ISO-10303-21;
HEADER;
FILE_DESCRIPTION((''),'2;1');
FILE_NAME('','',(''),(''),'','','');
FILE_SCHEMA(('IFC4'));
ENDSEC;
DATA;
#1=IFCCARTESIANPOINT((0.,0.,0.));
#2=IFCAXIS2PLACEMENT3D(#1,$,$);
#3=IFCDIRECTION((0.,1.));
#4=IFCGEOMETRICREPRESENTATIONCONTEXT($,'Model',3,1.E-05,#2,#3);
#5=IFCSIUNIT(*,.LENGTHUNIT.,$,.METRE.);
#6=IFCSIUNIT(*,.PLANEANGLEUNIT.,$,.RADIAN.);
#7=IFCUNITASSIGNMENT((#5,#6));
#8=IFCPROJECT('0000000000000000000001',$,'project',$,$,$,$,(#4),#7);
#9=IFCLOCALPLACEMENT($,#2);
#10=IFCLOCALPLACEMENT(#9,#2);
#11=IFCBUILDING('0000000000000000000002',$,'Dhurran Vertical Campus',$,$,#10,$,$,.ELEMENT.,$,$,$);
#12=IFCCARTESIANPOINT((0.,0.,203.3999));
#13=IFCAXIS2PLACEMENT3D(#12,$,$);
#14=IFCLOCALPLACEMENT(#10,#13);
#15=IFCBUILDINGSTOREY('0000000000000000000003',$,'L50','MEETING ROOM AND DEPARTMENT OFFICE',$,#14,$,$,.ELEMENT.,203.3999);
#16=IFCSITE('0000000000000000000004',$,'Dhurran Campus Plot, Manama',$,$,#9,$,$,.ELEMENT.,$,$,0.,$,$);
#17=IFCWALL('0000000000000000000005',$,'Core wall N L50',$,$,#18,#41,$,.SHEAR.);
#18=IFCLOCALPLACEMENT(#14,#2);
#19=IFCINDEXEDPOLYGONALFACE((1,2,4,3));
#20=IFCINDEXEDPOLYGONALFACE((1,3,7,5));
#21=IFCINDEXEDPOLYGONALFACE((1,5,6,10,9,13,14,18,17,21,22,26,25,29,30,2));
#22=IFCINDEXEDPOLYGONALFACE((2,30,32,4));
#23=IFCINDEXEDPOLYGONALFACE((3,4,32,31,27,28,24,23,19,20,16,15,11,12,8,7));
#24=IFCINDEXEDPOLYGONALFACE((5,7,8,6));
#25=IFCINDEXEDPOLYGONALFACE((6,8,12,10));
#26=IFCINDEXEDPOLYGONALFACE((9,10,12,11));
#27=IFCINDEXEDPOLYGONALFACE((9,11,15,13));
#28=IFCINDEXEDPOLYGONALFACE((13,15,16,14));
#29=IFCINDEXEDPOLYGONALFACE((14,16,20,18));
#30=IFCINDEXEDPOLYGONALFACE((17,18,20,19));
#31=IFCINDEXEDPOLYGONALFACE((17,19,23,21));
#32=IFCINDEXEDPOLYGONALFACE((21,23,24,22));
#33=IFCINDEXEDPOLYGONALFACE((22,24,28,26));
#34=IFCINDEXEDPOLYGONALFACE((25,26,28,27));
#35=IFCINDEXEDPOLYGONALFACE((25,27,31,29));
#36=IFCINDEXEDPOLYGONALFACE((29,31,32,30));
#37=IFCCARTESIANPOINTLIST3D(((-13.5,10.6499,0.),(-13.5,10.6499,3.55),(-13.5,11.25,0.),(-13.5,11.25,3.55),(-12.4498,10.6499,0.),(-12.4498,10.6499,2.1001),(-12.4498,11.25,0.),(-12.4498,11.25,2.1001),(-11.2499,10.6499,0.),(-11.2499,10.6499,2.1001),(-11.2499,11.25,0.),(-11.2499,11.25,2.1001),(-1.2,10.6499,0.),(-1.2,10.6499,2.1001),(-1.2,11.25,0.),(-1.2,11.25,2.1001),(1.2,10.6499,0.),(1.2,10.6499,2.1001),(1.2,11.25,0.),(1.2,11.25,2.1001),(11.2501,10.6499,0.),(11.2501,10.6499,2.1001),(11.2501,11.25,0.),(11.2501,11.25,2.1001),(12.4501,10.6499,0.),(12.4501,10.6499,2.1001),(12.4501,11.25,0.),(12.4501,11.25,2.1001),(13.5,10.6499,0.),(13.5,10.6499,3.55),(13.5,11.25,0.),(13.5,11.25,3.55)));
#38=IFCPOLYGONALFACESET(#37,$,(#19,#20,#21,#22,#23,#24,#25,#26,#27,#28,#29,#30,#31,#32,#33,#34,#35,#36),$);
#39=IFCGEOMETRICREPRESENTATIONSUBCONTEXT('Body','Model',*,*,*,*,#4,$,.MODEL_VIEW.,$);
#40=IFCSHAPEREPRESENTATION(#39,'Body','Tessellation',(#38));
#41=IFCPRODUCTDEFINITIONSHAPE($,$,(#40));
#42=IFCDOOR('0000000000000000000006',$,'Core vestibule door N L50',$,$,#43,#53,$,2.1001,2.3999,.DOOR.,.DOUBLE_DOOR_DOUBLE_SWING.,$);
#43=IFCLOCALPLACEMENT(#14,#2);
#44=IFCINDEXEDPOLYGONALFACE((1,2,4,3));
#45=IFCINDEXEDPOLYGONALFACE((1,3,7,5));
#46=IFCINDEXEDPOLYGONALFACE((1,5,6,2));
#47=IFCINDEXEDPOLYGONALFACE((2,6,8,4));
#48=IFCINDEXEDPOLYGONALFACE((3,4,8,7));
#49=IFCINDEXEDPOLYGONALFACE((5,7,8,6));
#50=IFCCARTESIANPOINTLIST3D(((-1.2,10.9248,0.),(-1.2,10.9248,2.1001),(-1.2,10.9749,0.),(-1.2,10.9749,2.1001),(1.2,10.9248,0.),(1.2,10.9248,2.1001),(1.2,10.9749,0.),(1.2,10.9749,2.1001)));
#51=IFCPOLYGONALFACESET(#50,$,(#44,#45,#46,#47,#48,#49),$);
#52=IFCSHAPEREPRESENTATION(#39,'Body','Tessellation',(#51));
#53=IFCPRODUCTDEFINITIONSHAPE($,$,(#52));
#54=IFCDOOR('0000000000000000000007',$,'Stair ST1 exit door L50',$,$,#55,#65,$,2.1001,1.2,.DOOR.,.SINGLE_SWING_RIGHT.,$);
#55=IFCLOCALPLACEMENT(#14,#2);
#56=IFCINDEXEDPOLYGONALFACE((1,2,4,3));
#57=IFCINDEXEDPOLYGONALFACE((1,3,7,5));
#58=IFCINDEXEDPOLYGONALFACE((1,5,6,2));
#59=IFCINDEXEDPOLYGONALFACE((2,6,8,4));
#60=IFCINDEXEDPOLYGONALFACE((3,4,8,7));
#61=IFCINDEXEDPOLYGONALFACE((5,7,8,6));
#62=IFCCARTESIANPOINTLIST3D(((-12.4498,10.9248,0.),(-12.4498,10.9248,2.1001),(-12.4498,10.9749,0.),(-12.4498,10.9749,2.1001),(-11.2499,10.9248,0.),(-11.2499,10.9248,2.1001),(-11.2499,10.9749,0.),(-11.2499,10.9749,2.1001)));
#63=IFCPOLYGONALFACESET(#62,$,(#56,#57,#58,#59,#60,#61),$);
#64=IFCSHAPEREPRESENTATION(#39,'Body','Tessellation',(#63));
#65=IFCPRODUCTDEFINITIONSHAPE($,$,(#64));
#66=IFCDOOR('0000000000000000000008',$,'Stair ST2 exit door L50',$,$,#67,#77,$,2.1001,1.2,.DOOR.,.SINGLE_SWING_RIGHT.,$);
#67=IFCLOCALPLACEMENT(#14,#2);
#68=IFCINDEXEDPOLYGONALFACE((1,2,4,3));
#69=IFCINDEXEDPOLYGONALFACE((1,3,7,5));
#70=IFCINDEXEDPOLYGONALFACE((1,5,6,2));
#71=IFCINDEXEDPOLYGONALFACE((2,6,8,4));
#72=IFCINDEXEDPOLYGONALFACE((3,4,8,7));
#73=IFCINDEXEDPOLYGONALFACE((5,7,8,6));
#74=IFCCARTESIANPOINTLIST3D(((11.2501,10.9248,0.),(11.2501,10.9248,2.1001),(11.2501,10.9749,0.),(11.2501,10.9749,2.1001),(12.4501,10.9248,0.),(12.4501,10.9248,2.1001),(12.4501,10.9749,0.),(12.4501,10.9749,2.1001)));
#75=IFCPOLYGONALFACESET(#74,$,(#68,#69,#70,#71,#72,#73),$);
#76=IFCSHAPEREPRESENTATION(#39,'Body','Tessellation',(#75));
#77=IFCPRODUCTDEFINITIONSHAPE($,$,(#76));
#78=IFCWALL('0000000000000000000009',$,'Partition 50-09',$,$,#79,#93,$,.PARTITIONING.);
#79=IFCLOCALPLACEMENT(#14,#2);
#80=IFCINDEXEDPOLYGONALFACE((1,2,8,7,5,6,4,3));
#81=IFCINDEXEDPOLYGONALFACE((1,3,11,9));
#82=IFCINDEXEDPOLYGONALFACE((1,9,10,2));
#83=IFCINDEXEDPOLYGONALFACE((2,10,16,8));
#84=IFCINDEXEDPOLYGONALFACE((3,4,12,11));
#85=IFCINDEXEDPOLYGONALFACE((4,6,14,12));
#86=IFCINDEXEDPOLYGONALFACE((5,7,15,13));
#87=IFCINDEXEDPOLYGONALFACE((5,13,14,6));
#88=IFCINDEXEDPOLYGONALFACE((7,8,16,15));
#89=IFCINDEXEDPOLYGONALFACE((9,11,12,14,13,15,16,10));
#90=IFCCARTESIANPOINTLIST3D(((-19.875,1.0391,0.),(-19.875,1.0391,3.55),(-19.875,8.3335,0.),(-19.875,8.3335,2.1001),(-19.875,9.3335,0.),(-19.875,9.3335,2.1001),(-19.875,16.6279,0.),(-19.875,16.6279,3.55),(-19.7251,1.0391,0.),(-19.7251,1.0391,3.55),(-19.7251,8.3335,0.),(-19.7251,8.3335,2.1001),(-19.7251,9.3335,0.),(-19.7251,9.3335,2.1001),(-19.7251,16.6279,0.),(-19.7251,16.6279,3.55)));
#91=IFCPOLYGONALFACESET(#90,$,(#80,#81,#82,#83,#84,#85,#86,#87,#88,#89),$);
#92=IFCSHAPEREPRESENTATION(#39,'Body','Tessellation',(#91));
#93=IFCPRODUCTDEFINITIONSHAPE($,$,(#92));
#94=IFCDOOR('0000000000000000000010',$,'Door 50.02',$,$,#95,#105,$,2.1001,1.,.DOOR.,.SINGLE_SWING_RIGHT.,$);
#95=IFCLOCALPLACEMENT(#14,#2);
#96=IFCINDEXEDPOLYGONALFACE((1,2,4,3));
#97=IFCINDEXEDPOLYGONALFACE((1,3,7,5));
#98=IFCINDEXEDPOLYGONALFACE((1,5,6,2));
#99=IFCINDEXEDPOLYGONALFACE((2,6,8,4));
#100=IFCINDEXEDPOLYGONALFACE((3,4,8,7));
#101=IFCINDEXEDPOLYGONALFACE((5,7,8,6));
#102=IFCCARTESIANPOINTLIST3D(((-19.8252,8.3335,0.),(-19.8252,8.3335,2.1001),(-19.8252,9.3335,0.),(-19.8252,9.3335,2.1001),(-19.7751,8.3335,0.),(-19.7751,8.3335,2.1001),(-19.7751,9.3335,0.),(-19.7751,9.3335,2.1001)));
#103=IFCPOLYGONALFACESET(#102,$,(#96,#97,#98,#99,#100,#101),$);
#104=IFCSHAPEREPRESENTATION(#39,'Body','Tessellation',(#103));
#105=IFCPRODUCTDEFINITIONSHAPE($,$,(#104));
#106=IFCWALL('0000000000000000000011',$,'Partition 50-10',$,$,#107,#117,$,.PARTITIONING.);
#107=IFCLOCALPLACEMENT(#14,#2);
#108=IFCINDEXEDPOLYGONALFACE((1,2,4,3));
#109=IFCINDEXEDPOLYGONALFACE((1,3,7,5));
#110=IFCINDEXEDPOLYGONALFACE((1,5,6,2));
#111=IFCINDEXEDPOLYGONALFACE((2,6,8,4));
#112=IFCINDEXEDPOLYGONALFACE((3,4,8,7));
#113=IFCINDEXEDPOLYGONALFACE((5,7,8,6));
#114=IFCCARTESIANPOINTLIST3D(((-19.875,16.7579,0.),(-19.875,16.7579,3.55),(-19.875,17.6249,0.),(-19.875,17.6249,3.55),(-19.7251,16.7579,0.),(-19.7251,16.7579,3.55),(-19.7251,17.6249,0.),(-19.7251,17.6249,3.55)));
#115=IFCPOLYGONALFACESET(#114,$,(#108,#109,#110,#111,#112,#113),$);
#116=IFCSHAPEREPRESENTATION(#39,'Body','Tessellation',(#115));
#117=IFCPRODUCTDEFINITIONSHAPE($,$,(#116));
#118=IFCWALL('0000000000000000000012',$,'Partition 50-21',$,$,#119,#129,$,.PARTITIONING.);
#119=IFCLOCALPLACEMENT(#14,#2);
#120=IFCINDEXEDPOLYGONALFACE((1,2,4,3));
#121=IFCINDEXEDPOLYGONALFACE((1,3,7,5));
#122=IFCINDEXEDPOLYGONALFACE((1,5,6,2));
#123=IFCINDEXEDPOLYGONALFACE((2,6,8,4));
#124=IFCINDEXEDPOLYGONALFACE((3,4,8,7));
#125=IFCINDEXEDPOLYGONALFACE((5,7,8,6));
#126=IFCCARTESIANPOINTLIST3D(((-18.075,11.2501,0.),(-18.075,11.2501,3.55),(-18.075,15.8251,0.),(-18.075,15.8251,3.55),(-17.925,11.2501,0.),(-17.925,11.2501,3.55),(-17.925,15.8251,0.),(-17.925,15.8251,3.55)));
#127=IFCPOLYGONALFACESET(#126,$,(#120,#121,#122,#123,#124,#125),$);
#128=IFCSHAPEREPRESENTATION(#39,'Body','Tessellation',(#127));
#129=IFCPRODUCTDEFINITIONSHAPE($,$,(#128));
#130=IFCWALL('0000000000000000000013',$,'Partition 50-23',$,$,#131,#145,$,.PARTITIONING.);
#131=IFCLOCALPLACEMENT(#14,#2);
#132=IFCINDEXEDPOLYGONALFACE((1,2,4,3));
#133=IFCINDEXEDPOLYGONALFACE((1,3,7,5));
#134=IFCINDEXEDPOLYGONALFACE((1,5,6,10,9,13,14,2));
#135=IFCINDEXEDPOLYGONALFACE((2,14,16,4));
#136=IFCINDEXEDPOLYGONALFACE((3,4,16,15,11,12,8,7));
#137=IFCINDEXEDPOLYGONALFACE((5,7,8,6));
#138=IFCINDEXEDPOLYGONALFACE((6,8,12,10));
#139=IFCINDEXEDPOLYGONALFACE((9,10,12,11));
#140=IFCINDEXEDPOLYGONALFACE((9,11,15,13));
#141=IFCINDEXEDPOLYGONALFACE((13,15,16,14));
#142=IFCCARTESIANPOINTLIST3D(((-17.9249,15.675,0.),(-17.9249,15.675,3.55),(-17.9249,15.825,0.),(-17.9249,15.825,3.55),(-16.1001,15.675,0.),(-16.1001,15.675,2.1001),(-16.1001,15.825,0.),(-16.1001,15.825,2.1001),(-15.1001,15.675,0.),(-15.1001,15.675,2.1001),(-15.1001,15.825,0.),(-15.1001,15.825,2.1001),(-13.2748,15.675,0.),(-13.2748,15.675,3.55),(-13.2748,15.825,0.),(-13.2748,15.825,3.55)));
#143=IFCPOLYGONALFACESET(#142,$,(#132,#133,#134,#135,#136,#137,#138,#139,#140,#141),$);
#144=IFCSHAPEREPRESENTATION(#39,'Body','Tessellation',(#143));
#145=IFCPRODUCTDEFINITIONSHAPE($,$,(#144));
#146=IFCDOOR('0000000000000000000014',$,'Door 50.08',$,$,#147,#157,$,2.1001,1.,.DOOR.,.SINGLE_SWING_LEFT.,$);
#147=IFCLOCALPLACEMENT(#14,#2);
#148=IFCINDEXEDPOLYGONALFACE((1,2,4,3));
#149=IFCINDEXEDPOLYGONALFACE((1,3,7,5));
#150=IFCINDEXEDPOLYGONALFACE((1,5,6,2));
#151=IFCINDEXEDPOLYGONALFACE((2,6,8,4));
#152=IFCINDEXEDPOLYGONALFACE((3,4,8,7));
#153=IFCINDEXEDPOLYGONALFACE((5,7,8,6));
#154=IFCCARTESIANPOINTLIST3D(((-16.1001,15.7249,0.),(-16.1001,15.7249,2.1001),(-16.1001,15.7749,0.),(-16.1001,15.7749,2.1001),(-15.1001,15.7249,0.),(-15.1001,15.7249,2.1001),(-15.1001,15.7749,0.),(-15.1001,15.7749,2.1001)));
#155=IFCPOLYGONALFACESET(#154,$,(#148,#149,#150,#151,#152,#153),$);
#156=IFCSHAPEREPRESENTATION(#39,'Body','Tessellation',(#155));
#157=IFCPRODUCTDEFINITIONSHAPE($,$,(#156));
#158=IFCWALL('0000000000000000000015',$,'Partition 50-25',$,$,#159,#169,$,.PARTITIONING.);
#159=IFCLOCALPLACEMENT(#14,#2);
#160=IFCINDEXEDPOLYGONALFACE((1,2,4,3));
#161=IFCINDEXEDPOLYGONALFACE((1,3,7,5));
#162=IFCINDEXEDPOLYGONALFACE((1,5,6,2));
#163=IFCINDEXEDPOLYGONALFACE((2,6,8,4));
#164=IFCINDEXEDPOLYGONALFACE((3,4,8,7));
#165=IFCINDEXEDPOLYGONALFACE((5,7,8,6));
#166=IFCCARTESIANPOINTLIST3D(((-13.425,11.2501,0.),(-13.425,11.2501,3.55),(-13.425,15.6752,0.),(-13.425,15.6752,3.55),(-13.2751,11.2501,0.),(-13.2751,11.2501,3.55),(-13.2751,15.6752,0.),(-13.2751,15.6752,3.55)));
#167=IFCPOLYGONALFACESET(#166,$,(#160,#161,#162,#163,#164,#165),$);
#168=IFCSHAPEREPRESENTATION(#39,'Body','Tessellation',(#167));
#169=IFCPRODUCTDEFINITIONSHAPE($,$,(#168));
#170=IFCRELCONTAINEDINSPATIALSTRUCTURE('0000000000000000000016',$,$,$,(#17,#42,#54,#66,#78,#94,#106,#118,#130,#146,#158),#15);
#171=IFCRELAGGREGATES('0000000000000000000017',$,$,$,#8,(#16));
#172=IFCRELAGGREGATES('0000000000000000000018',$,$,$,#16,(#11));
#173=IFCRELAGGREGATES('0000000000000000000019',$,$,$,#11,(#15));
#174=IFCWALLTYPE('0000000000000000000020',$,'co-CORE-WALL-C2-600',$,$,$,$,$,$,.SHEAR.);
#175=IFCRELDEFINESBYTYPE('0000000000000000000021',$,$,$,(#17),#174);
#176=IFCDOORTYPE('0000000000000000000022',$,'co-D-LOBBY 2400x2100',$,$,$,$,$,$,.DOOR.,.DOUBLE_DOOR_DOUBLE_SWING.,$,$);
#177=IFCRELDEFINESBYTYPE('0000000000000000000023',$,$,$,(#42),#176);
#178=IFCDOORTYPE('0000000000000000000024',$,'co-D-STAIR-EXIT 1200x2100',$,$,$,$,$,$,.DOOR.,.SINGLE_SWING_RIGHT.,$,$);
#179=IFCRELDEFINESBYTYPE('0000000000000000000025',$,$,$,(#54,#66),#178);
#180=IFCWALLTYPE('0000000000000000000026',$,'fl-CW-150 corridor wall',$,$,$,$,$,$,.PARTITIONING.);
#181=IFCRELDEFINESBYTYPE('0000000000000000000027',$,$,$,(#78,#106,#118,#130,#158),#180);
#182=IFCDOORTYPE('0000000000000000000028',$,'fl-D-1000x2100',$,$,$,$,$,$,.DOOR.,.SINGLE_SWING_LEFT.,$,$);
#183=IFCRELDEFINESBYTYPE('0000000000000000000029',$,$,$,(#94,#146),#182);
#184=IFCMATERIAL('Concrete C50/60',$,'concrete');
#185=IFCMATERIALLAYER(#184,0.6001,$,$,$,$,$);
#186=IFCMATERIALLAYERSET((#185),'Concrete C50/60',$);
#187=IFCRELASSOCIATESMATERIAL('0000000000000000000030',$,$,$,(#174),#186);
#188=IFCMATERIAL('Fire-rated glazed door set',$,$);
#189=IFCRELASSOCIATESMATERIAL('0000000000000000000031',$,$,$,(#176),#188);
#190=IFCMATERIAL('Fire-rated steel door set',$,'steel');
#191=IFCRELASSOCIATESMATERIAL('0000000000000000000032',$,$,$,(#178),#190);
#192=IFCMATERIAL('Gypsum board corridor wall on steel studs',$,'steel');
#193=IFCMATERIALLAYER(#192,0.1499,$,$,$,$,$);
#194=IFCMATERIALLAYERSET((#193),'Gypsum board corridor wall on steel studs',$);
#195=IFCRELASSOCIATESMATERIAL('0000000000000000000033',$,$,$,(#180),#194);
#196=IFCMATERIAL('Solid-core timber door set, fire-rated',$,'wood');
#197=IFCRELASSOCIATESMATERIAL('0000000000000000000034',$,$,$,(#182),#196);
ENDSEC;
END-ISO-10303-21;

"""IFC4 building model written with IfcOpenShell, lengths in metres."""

from ifc_helpers import new_model, si_unit, direction, frame, frame_2d, origin, place, context, subcontext, project, spatial, rectangle, extrude, material, layer, layer_set, type_object, element, fill, save


model = new_model("IFC4")

# Units and contexts
model_context = context("Model", 3, precision=1e-05, world=origin(), true_north=direction((0.0, 1.0)))
body_context = subcontext(model_context, "Body", "Model", "MODEL_VIEW")
ifc_project = project(units=[si_unit("LENGTHUNIT", "METRE"), si_unit("PLANEANGLEUNIT", "RADIAN")], contexts=[model_context])

# Site, building, storey
site_placement = place(None, origin())
site = spatial("IfcSite", under=ifc_project, at=site_placement, Name="Dhurran Campus Plot, Manama", CompositionType="ELEMENT", RefElevation=0.0)
building_placement = place(site_placement, origin())
building = spatial("IfcBuilding", under=site, at=building_placement, Name="Dhurran Vertical Campus", CompositionType="ELEMENT")
storey_placement = place(building_placement, frame((0.0, 0.0, 203.3999)))
storey = spatial("IfcBuildingStorey", under=building, at=storey_placement, Name="L50", Description="MEETING ROOM AND DEPARTMENT OFFICE", CompositionType="ELEMENT", Elevation=203.3999)

# Wall, openings, doors
ifc_material_1 = material(Name="Concrete C50/60", Category="concrete")
ifc_layer_1 = layer(ifc_material_1, 0.6001)
ifc_layer_set_1 = layer_set([ifc_layer_1], Name="Concrete C50/60")
wall_type_1 = type_object("IfcWallType", Name="co-CORE-WALL-C2-600", PredefinedType="SHEAR", material=ifc_layer_set_1)
wall_1_placement = place(storey_placement, frame((-13.5, 10.95, 0.0), z_axis=(0.0, 0.0, 1.0), x_axis=(1.0, 0.0, 0.0)))
wall_1 = element("IfcWall", 1, at=wall_1_placement, inside=storey, type_object=wall_type_1, Name="Core wall N L50", PredefinedType="SHEAR", context=body_context, shape_type="SweptSolid", body=[
    extrude(rectangle(XDim=27.0, YDim=0.6001, at=frame_2d((13.5, 0.0))), origin(), (0.0, 0.0, 1.0), 3.55),
])
opening_1_placement = place(wall_1_placement, frame((12.3, 0.0, 0.0)))
opening_1 = element("IfcOpeningElement", 2, at=opening_1_placement, cuts=wall_1, PredefinedType="OPENING", context=body_context, shape_type="SweptSolid", body=[
    extrude(rectangle(XDim=2.3999, YDim=2.1001, at=frame_2d((1.2, 1.05))), frame((0.0, 0.3101, 0.0), z_axis=(0.0, -1.0, 0.0), x_axis=(1.0, 0.0, 0.0)), (0.0, 0.0, 1.0), 0.6201),
])
opening_2_placement = place(wall_1_placement, frame((1.05, 0.0, 0.0)))
opening_2 = element("IfcOpeningElement", 3, at=opening_2_placement, cuts=wall_1, PredefinedType="OPENING", context=body_context, shape_type="SweptSolid", body=[
    extrude(rectangle(XDim=1.2, YDim=2.1001, at=frame_2d((0.6001, 1.05))), frame((0.0, 0.3101, 0.0), z_axis=(0.0, -1.0, 0.0), x_axis=(1.0, 0.0, 0.0)), (0.0, 0.0, 1.0), 0.6201),
])
opening_3_placement = place(wall_1_placement, frame((24.75, 0.0, 0.0)))
opening_3 = element("IfcOpeningElement", 4, at=opening_3_placement, cuts=wall_1, PredefinedType="OPENING", context=body_context, shape_type="SweptSolid", body=[
    extrude(rectangle(XDim=1.2, YDim=2.1001, at=frame_2d((0.6001, 1.05))), frame((0.0, 0.3101, 0.0), z_axis=(0.0, -1.0, 0.0), x_axis=(1.0, 0.0, 0.0)), (0.0, 0.0, 1.0), 0.6201),
])
ifc_material_2 = material(Name="Fire-rated glazed door set")
door_type_1 = type_object("IfcDoorType", Name="co-D-LOBBY 2400x2100", OperationType="DOUBLE_DOOR_DOUBLE_SWING", PredefinedType="DOOR", material=ifc_material_2)
door_1_placement = place(opening_1_placement, origin())
door_1 = element("IfcDoor", 5, at=door_1_placement, inside=storey, type_object=door_type_1, Name="Core vestibule door N L50", OperationType="DOUBLE_DOOR_DOUBLE_SWING", OverallHeight=2.1001, OverallWidth=2.3999, PredefinedType="DOOR", context=body_context, shape_type="SweptSolid", body=[
    extrude(rectangle(XDim=2.3999, YDim=2.1001, at=frame_2d((1.2, 1.05))), frame((0.0, 0.0249, 0.0), z_axis=(0.0, -1.0, 0.0), x_axis=(1.0, 0.0, 0.0)), (0.0, 0.0, 1.0), 0.05),
])
fill(opening_1, door_1)
ifc_material_3 = material(Name="Fire-rated steel door set", Category="steel")
door_type_2 = type_object("IfcDoorType", Name="co-D-STAIR-EXIT 1200x2100", OperationType="SINGLE_SWING_RIGHT", PredefinedType="DOOR", material=ifc_material_3)
door_2_placement = place(opening_2_placement, origin())
door_2 = element("IfcDoor", 6, at=door_2_placement, inside=storey, type_object=door_type_2, Name="Stair ST1 exit door L50", OperationType="SINGLE_SWING_RIGHT", OverallHeight=2.1001, OverallWidth=1.2, PredefinedType="DOOR", context=body_context, shape_type="SweptSolid", body=[
    extrude(rectangle(XDim=1.2, YDim=2.1001, at=frame_2d((0.6001, 1.05))), frame((0.0, 0.0249, 0.0), z_axis=(0.0, -1.0, 0.0), x_axis=(1.0, 0.0, 0.0)), (0.0, 0.0, 1.0), 0.05),
])
fill(opening_2, door_2)
door_3_placement = place(opening_3_placement, origin())
door_3 = element("IfcDoor", 7, at=door_3_placement, inside=storey, type_object=door_type_2, Name="Stair ST2 exit door L50", OperationType="SINGLE_SWING_RIGHT", OverallHeight=2.1001, OverallWidth=1.2, PredefinedType="DOOR", context=body_context, shape_type="SweptSolid", body=[
    extrude(rectangle(XDim=1.2, YDim=2.1001, at=frame_2d((0.6001, 1.05))), frame((0.0, 0.0249, 0.0), z_axis=(0.0, -1.0, 0.0), x_axis=(1.0, 0.0, 0.0)), (0.0, 0.0, 1.0), 0.05),
])
fill(opening_3, door_3)

# Wall, opening, door
ifc_material_4 = material(Name="Gypsum board corridor wall on steel studs", Category="steel")
ifc_layer_2 = layer(ifc_material_4, 0.1499)
ifc_layer_set_2 = layer_set([ifc_layer_2], Name="Gypsum board corridor wall on steel studs")
wall_type_2 = type_object("IfcWallType", Name="fl-CW-150 corridor wall", PredefinedType="PARTITIONING", material=ifc_layer_set_2)
wall_2_placement = place(storey_placement, frame((-19.8, 16.6279, 0.0), z_axis=(0.0, 0.0, 1.0), x_axis=(0.0, -1.0, 0.0)))
wall_2 = element("IfcWall", 8, at=wall_2_placement, inside=storey, type_object=wall_type_2, Name="Partition 50-09", PredefinedType="PARTITIONING", context=body_context, shape_type="SweptSolid", body=[
    extrude(rectangle(XDim=15.5889, YDim=0.1499, at=frame_2d((7.7944, 0.0))), origin(), (0.0, 0.0, 1.0), 3.55),
])
opening_4_placement = place(wall_2_placement, frame((7.2944, 0.0, 0.0)))
opening_4 = element("IfcOpeningElement", 9, at=opening_4_placement, cuts=wall_2, PredefinedType="OPENING", context=body_context, shape_type="SweptSolid", body=[
    extrude(rectangle(XDim=1.0, YDim=2.1001, at=frame_2d((0.5, 1.05))), frame((0.0, 0.085, 0.0), z_axis=(0.0, -1.0, 0.0), x_axis=(1.0, 0.0, 0.0)), (0.0, 0.0, 1.0), 0.1699),
])
ifc_material_5 = material(Name="Solid-core timber door set, fire-rated", Category="wood")
door_type_3 = type_object("IfcDoorType", Name="fl-D-1000x2100", OperationType="SINGLE_SWING_LEFT", PredefinedType="DOOR", material=ifc_material_5)
door_4_placement = place(opening_4_placement, origin())
door_4 = element("IfcDoor", 10, at=door_4_placement, inside=storey, type_object=door_type_3, Name="Door 50.02", OperationType="SINGLE_SWING_RIGHT", OverallHeight=2.1001, OverallWidth=1.0, PredefinedType="DOOR", context=body_context, shape_type="SweptSolid", body=[
    extrude(rectangle(XDim=1.0, YDim=2.1001, at=frame_2d((0.5, 1.05))), frame((0.0, 0.0249, 0.0), z_axis=(0.0, -1.0, 0.0), x_axis=(1.0, 0.0, 0.0)), (0.0, 0.0, 1.0), 0.05),
])
fill(opening_4, door_4)

# Walls
wall_3_placement = place(storey_placement, frame((-19.8, 17.625, 0.0), z_axis=(0.0, 0.0, 1.0), x_axis=(0.0, -1.0, 0.0)))
element("IfcWall", 11, at=wall_3_placement, inside=storey, type_object=wall_type_2, Name="Partition 50-10", PredefinedType="PARTITIONING", context=body_context, shape_type="SweptSolid", body=[
    extrude(rectangle(XDim=0.8669, YDim=0.1499, at=frame_2d((0.4336, 0.0))), origin(), (0.0, 0.0, 1.0), 3.55),
])
wall_4_placement = place(storey_placement, frame((-18.0, 11.25, 0.0), z_axis=(0.0, 0.0, 1.0), x_axis=(0.0, 1.0, 0.0)))
element("IfcWall", 12, at=wall_4_placement, inside=storey, type_object=wall_type_2, Name="Partition 50-21", PredefinedType="PARTITIONING", context=body_context, shape_type="SweptSolid", body=[
    extrude(rectangle(XDim=4.575, YDim=0.1499, at=frame_2d((2.2876, 0.0))), origin(), (0.0, 0.0, 1.0), 3.55),
])

# Wall, opening, door
wall_5_placement = place(storey_placement, frame((-17.925, 15.75, 0.0), z_axis=(0.0, 0.0, 1.0), x_axis=(1.0, 0.0, 0.0)))
wall_5 = element("IfcWall", 13, at=wall_5_placement, inside=storey, type_object=wall_type_2, Name="Partition 50-23", PredefinedType="PARTITIONING", context=body_context, shape_type="SweptSolid", body=[
    extrude(rectangle(XDim=4.6501, YDim=0.1499, at=frame_2d((2.3252, 0.0))), origin(), (0.0, 0.0, 1.0), 3.55),
])
opening_5_placement = place(wall_5_placement, frame((1.825, 0.0, 0.0)))
opening_5 = element("IfcOpeningElement", 14, at=opening_5_placement, cuts=wall_5, PredefinedType="OPENING", context=body_context, shape_type="SweptSolid", body=[
    extrude(rectangle(XDim=1.0, YDim=2.1001, at=frame_2d((0.5, 1.05))), frame((0.0, 0.085, 0.0), z_axis=(0.0, -1.0, 0.0), x_axis=(1.0, 0.0, 0.0)), (0.0, 0.0, 1.0), 0.1699),
])
door_5_placement = place(opening_5_placement, origin())
door_5 = element("IfcDoor", 15, at=door_5_placement, inside=storey, type_object=door_type_3, Name="Door 50.08", OperationType="SINGLE_SWING_LEFT", OverallHeight=2.1001, OverallWidth=1.0, PredefinedType="DOOR", context=body_context, shape_type="SweptSolid", body=[
    extrude(rectangle(XDim=1.0, YDim=2.1001, at=frame_2d((0.5, 1.05))), frame((0.0, 0.0249, 0.0), z_axis=(0.0, -1.0, 0.0), x_axis=(1.0, 0.0, 0.0)), (0.0, 0.0, 1.0), 0.05),
])
fill(opening_5, door_5)

# Wall
wall_6_placement = place(storey_placement, frame((-13.3501, 15.675, 0.0), z_axis=(0.0, 0.0, 1.0), x_axis=(0.0, -1.0, 0.0)))
element("IfcWall", 16, at=wall_6_placement, inside=storey, type_object=wall_type_2, Name="Partition 50-25", PredefinedType="PARTITIONING", context=body_context, shape_type="SweptSolid", body=[
    extrude(rectangle(XDim=4.425, YDim=0.1499, at=frame_2d((2.2124, 0.0))), origin(), (0.0, 0.0, 1.0), 3.55),
])

save(model, "model.ifc")
